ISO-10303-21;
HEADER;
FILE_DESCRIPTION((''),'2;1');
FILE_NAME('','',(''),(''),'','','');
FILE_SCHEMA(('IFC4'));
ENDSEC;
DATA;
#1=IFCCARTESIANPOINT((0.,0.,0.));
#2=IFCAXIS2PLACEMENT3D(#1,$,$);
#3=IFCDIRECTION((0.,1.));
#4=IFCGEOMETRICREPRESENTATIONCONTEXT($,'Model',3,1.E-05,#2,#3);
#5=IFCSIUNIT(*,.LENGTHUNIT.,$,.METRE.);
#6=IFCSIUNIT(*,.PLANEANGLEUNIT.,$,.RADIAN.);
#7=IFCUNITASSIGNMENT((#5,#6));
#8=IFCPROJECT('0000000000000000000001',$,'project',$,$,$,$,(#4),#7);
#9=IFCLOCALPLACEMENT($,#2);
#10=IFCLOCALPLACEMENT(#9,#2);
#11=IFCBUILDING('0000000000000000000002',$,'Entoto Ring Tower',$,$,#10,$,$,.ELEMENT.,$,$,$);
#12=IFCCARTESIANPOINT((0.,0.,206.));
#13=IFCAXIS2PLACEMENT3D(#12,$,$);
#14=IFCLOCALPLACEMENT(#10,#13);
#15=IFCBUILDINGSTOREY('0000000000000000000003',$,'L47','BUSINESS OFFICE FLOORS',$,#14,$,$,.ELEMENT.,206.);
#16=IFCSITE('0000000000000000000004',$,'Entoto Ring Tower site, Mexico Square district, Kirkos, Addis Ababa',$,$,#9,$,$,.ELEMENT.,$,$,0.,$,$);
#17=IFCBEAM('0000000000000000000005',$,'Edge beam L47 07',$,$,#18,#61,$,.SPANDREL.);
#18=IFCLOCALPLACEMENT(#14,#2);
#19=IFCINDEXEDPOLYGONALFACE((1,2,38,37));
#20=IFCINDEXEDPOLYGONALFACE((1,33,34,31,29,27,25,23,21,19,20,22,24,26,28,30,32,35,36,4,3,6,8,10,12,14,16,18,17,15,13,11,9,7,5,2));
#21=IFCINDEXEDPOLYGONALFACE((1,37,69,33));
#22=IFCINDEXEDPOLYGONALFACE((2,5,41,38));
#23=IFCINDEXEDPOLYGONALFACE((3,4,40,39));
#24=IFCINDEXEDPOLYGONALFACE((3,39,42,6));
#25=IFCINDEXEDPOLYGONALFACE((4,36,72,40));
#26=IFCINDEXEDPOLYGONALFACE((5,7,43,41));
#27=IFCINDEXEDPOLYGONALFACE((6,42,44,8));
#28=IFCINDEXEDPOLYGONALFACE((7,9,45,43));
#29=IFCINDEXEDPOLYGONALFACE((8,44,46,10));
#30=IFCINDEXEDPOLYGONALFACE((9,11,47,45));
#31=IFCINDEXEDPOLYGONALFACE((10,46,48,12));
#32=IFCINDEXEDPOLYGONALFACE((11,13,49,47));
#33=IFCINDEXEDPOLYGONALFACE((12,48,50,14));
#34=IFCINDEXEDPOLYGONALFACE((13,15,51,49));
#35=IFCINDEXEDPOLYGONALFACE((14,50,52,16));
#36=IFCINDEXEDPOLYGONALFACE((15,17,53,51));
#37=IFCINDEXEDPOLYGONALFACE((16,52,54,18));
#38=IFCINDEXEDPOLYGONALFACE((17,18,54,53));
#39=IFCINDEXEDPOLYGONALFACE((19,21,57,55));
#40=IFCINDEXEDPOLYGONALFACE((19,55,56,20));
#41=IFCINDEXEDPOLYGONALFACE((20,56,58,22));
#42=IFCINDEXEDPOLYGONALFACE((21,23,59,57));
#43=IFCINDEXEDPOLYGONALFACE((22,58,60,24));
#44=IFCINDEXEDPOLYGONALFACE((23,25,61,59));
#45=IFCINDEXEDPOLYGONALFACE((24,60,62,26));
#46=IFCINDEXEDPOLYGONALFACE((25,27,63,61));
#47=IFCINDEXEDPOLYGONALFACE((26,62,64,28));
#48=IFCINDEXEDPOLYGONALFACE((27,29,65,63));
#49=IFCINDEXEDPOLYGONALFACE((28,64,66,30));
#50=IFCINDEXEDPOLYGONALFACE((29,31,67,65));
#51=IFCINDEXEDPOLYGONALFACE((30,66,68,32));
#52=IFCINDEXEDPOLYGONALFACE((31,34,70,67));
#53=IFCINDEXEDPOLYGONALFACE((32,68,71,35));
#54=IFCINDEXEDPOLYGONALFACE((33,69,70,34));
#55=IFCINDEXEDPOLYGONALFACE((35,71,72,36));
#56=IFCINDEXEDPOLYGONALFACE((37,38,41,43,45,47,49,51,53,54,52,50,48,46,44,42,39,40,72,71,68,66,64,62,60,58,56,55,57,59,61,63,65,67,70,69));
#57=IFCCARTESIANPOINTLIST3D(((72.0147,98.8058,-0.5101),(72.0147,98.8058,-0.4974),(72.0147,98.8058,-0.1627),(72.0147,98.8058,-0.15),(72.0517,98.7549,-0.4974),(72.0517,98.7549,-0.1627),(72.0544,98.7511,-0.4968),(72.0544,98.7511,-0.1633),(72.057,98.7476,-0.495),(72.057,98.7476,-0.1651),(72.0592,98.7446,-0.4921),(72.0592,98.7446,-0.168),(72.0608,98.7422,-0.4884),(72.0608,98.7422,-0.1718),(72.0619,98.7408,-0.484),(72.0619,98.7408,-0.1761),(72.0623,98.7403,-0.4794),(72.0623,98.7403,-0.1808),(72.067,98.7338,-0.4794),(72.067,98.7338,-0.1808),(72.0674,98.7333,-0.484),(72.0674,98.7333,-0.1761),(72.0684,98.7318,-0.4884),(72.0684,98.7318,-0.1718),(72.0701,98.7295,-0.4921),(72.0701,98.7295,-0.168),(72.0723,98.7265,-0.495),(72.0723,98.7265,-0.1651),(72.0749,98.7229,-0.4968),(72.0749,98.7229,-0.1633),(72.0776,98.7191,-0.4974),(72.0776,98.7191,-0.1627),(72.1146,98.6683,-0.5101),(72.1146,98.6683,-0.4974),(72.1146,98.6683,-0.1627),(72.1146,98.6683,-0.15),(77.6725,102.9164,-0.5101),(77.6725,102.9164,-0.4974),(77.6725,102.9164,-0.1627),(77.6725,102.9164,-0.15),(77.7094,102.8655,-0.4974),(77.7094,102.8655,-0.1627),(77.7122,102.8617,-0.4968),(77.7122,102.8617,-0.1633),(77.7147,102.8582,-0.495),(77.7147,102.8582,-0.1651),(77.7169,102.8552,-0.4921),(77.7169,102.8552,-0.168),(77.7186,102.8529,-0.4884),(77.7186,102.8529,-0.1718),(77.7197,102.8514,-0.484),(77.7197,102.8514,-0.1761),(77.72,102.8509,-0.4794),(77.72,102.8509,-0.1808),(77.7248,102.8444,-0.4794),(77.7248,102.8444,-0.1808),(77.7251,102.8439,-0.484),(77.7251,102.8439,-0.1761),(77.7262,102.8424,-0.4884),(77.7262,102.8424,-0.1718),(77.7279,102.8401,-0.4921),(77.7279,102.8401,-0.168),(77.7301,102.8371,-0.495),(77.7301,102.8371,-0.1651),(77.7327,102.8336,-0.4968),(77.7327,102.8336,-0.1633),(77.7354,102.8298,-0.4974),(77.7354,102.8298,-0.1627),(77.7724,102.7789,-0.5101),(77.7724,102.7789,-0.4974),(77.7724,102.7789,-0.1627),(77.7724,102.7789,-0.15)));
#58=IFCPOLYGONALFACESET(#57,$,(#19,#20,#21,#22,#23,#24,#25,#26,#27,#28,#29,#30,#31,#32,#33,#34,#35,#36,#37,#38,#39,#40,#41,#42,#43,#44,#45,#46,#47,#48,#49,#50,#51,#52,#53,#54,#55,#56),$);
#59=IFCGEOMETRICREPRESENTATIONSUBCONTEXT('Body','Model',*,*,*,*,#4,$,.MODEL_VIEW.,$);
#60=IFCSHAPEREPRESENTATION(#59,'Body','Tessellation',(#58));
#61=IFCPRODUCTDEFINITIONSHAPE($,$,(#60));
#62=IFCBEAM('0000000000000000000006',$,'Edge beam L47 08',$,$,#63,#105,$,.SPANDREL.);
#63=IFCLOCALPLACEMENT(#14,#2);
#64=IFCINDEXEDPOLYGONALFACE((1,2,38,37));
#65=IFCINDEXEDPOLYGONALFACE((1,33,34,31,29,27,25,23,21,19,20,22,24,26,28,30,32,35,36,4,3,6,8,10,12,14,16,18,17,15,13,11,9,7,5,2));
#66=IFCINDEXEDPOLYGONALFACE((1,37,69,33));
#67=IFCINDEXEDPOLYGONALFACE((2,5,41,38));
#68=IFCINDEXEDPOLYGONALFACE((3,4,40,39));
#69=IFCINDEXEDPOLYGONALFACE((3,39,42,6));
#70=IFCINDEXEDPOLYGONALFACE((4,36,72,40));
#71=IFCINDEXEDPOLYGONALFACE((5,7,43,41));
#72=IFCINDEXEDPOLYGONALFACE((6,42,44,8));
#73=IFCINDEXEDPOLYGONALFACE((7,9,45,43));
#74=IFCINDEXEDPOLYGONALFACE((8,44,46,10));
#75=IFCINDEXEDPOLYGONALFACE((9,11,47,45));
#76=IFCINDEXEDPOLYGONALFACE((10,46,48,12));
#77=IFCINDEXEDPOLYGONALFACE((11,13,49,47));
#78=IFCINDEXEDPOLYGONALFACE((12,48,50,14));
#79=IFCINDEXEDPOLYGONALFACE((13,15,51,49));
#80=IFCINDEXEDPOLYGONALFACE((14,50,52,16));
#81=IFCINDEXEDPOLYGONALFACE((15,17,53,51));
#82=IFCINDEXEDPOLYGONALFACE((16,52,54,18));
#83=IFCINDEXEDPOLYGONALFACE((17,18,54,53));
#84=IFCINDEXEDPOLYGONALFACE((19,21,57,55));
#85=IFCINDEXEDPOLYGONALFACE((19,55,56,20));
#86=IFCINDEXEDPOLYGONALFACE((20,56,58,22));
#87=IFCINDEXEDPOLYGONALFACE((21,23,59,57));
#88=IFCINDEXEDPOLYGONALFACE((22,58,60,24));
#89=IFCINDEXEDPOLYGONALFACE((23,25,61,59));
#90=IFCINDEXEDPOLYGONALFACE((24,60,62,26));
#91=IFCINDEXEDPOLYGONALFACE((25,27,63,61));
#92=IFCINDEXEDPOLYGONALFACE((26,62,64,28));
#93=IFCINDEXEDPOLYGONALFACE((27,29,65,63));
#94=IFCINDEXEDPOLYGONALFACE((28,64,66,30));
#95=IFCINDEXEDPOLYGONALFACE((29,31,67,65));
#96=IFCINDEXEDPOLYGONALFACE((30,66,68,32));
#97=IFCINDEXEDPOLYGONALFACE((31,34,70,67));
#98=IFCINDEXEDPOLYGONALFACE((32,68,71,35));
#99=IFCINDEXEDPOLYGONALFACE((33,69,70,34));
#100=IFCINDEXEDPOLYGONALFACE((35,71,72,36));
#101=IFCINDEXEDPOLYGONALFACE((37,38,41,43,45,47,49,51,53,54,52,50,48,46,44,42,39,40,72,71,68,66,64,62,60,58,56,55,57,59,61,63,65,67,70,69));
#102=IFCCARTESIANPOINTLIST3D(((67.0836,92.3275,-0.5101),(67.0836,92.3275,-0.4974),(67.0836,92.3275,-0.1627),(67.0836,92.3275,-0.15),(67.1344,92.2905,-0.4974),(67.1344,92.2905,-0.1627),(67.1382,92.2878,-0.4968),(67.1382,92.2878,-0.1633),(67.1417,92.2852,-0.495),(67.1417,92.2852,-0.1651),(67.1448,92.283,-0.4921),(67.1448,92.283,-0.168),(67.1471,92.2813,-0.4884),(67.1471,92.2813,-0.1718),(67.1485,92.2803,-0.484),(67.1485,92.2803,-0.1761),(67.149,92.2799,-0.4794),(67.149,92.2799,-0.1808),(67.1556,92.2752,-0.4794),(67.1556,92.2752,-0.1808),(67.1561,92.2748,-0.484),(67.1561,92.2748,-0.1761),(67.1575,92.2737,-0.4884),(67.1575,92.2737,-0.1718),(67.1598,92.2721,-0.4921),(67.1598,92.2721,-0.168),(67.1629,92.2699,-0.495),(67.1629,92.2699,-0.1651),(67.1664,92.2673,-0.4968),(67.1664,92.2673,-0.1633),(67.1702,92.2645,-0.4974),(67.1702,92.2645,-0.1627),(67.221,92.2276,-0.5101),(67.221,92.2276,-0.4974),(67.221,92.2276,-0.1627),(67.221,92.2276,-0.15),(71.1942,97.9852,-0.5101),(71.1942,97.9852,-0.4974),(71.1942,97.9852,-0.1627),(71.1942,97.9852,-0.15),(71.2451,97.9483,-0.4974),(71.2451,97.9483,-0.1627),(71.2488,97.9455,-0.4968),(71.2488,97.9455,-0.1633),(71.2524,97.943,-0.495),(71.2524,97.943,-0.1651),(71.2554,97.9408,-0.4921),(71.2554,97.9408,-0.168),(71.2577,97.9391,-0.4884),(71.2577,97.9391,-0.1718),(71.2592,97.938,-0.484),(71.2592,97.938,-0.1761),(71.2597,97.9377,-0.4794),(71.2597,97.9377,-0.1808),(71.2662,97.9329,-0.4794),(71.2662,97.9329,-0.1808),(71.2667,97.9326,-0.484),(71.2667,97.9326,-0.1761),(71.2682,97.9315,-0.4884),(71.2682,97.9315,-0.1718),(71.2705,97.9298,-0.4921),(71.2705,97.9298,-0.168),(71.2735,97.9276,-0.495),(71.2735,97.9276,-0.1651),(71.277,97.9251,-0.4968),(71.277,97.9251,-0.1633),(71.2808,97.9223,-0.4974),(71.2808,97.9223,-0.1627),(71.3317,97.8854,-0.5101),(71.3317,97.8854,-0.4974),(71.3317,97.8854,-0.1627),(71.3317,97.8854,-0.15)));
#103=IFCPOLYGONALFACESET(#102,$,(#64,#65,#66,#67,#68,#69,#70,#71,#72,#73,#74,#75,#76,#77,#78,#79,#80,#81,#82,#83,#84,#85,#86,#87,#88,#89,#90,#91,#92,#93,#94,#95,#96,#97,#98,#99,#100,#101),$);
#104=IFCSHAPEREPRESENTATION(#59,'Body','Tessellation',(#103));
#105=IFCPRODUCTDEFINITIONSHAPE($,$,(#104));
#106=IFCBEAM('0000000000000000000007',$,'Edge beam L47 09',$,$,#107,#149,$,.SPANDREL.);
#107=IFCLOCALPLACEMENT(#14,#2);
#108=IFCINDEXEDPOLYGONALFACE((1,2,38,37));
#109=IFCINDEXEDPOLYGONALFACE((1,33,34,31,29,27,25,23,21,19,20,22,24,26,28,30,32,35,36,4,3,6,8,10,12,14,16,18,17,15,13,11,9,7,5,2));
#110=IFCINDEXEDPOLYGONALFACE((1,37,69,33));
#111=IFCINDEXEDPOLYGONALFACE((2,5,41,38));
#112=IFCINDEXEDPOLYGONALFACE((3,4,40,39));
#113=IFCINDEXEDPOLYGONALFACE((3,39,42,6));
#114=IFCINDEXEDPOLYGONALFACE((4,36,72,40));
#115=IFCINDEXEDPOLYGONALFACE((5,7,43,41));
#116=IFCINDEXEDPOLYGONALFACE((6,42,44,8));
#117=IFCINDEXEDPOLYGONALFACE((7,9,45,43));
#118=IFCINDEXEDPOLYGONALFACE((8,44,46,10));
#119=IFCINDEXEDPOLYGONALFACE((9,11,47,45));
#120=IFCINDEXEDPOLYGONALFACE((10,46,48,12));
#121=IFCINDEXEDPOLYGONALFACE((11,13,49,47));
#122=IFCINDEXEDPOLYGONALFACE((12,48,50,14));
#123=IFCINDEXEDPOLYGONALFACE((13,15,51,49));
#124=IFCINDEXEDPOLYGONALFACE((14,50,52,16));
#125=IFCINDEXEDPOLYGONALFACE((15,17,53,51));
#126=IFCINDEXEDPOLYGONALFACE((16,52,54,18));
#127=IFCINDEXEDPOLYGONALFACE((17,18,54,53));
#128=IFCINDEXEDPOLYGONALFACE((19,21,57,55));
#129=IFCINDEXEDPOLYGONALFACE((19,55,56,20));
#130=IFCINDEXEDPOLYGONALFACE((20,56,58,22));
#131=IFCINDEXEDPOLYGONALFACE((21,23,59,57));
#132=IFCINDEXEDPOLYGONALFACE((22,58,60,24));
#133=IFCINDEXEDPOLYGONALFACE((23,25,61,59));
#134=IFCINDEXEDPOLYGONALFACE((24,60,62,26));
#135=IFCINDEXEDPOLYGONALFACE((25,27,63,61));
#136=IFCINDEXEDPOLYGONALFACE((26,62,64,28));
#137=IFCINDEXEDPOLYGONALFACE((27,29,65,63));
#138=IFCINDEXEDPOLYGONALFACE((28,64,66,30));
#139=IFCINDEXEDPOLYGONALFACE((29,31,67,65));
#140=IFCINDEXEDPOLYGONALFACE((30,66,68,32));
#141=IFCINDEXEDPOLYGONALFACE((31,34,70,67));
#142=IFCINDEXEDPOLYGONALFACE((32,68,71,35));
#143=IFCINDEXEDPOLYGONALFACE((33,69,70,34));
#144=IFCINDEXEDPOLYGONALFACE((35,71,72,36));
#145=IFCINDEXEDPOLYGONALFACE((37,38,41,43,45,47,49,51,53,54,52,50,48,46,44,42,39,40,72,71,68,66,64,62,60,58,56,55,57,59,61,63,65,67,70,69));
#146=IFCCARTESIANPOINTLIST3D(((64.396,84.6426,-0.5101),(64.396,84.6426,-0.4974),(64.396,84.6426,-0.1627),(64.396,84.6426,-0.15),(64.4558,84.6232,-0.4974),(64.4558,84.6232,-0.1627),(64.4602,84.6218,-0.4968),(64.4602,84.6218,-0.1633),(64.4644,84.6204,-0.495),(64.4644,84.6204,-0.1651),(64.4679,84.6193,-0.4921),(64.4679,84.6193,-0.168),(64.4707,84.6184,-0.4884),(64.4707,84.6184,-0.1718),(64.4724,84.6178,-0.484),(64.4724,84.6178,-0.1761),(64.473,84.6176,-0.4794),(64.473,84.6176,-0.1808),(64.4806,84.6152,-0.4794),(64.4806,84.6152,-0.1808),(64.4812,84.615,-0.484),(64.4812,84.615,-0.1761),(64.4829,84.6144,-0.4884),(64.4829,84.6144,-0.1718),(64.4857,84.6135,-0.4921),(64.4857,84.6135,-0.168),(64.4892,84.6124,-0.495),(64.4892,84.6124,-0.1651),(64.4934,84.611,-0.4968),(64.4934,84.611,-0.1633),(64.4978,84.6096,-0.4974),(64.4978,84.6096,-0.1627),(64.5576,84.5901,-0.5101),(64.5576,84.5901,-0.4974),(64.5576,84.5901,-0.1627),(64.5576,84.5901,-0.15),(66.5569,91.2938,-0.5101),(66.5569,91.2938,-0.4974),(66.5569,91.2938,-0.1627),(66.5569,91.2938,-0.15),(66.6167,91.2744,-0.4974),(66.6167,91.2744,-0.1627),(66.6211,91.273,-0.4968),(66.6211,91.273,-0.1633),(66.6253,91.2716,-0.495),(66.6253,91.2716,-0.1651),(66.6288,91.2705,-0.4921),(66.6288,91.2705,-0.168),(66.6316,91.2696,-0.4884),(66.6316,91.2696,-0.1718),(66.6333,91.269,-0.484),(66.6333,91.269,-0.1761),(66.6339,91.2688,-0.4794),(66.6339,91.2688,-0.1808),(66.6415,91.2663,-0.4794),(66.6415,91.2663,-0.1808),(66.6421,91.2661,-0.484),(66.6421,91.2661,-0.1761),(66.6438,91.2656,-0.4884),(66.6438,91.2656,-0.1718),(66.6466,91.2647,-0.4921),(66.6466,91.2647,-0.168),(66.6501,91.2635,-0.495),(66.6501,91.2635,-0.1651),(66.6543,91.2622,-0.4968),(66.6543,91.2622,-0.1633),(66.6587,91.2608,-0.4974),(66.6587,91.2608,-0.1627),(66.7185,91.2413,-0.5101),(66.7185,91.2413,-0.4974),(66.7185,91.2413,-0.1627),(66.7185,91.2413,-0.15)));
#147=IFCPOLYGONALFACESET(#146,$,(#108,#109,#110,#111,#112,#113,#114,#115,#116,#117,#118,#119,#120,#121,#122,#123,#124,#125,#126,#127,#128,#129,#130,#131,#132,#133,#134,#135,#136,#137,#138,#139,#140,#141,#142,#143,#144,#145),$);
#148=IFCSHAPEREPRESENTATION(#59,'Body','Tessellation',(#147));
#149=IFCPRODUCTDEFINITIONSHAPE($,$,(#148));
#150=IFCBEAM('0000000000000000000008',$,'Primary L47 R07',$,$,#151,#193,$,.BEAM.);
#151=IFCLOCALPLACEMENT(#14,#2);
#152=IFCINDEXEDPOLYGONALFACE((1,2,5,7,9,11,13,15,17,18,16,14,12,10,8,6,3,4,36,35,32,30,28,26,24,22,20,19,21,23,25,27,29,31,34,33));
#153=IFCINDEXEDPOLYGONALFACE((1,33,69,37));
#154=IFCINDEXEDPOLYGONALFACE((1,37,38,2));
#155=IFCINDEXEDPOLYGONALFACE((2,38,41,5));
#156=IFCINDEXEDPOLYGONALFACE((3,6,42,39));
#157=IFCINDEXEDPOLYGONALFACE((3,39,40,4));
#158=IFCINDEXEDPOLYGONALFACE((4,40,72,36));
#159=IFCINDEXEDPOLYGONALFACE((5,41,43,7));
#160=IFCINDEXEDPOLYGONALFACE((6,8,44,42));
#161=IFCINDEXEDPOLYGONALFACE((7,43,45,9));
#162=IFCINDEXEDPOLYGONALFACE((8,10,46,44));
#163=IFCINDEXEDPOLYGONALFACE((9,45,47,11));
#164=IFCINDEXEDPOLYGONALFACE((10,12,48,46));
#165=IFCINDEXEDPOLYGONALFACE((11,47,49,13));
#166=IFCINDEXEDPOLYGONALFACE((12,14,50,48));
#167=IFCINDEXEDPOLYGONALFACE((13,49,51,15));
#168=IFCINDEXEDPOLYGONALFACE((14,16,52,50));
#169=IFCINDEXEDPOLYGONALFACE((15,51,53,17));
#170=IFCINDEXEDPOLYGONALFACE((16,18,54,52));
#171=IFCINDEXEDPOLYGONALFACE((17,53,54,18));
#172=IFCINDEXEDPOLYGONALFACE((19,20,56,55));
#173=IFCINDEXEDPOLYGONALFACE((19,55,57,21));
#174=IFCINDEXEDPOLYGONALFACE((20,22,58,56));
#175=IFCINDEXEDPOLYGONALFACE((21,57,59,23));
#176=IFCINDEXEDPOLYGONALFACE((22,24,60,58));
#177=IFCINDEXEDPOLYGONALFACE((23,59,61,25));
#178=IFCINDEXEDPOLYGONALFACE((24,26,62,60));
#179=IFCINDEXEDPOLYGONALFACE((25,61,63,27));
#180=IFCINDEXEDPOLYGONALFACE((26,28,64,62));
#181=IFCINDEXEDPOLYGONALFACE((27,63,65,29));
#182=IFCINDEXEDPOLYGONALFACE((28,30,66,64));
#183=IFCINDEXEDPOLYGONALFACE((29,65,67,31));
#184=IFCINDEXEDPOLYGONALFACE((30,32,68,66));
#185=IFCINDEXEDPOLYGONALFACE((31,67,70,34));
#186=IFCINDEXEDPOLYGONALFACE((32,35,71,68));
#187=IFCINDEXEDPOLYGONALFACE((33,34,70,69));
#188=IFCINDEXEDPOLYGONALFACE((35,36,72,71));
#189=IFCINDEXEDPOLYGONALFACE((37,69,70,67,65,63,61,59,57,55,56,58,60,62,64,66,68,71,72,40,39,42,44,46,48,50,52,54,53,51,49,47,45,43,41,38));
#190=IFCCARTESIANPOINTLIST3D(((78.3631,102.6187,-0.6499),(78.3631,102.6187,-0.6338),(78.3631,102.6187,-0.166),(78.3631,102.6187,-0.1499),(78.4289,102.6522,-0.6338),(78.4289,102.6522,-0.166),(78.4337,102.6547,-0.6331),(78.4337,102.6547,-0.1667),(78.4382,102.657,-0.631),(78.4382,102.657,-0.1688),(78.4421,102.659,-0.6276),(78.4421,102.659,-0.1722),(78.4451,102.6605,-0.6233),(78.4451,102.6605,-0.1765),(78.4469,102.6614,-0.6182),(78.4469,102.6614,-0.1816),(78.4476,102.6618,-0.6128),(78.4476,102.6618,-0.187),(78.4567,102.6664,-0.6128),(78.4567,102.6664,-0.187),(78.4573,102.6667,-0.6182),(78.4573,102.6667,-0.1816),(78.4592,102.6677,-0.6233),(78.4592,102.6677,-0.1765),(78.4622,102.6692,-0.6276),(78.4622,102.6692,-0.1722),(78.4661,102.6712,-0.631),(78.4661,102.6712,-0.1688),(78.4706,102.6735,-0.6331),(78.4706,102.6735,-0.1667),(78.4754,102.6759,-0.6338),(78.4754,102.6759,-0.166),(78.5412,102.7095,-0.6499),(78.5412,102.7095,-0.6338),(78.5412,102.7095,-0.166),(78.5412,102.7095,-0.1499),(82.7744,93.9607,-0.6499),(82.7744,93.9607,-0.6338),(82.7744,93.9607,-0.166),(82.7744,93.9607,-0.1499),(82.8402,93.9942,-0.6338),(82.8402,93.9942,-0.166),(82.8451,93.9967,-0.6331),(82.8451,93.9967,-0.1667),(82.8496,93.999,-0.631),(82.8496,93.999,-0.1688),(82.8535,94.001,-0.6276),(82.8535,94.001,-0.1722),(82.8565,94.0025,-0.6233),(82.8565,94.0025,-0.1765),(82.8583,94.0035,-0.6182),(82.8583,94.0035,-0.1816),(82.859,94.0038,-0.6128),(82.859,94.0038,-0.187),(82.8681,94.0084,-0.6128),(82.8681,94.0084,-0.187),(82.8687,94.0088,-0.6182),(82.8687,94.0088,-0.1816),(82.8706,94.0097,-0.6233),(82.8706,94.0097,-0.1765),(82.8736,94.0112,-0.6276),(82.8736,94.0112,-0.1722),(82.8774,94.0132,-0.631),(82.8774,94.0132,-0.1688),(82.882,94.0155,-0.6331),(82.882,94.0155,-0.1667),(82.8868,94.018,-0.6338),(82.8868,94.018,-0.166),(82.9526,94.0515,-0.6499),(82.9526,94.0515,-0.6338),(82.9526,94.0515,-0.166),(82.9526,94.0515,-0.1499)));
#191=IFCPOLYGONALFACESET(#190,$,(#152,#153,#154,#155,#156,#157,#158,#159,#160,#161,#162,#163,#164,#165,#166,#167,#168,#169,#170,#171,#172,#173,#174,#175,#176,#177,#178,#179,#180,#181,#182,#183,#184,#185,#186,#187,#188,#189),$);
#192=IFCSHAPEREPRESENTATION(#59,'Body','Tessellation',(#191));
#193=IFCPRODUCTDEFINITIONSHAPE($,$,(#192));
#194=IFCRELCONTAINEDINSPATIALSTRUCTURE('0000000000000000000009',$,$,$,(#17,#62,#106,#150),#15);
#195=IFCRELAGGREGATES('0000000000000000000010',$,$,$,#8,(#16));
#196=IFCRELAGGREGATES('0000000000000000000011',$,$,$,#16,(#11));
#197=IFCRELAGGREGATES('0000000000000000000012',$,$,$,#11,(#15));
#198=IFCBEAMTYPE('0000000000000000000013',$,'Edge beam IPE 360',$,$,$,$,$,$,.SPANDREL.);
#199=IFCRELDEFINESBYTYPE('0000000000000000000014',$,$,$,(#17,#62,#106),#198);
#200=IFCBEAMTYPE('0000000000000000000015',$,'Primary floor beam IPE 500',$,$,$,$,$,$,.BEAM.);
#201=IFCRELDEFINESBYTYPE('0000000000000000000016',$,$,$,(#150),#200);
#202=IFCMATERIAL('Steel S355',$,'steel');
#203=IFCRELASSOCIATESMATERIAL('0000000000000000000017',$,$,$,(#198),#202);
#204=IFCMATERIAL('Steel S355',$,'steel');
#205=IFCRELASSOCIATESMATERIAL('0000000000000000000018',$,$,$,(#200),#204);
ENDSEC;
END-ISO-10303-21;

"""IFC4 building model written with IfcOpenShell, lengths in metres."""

from ifc_helpers import new_model, si_unit, direction, frame, origin, origin_2d, place, context, subcontext, project, spatial, i_section, extrude, material, material_profile, profile_set, type_object, element, save


model = new_model("IFC4")

# Units and contexts
model_context = context("Model", 3, precision=1e-05, world=origin(), true_north=direction((0.0, 1.0)))
body_context = subcontext(model_context, "Body", "Model", "MODEL_VIEW")
ifc_project = project(units=[si_unit("LENGTHUNIT", "METRE"), si_unit("PLANEANGLEUNIT", "RADIAN")], contexts=[model_context])

# Site, building, storey
site_placement = place(None, origin())
site = spatial("IfcSite", under=ifc_project, at=site_placement, Name="Entoto Ring Tower site, Mexico Square district, Kirkos, Addis Ababa", CompositionType="ELEMENT", RefElevation=0.0)
building_placement = place(site_placement, origin())
building = spatial("IfcBuilding", under=site, at=building_placement, Name="Entoto Ring Tower", CompositionType="ELEMENT")
storey_placement = place(building_placement, frame((0.0, 0.0, 206.0)))
storey = spatial("IfcBuildingStorey", under=building, at=storey_placement, Name="L47", Description="BUSINESS OFFICE FLOORS", CompositionType="ELEMENT", Elevation=206.0)

# Beams
ifc_material_1 = material(Name="Steel S355", Category="steel")
ifc_material_profile_1 = material_profile(ifc_material_1, i_section(OverallWidth=0.1699, OverallDepth=0.3601, WebThickness=0.0081, FlangeThickness=0.0127, FilletRadius=0.0181, at=origin_2d()), Name="IPE 360")
ifc_profile_set_1 = profile_set([ifc_material_profile_1], Name="Steel S355")
beam_type_1 = type_object("IfcBeamType", Name="Edge beam IPE 360", PredefinedType="SPANDREL", material=ifc_profile_set_1)
for number, where, z_axis, x_axis, name in (
    (1, (77.7224, 102.8477, -0.3301), (-0.809015, -0.587788, 0.0), (0.587788, -0.809015, 0.0), "Edge beam L47 07"),
    (2, (71.2629, 97.9353, -0.3301), (-0.587788, -0.809015, 0.0), (0.809015, -0.587788, 0.0), "Edge beam L47 08"),
    (3, (66.6377, 91.2676, -0.3301), (-0.308992, -0.951065, 0.0), (0.951065, -0.308992, 0.0), "Edge beam L47 09"),
):
    element("IfcBeam", number, at=place(storey_placement, frame(where, z_axis=z_axis, x_axis=x_axis)), inside=storey, type_object=beam_type_1, Name=name, PredefinedType="SPANDREL", context=body_context, shape_type="SweptSolid", body=[
        extrude(i_section(OverallWidth=0.1699, OverallDepth=0.3601, WebThickness=0.0081, FlangeThickness=0.0127, FilletRadius=0.0181, at=origin_2d()), origin(), (0.0, 0.0, 1.0), 6.9934),
    ])
ifc_material_2 = material(Name="Steel S355", Category="steel")
ifc_material_profile_2 = material_profile(ifc_material_2, i_section(OverallWidth=0.2, OverallDepth=0.5, WebThickness=0.0103, FlangeThickness=0.0161, FilletRadius=0.021, at=origin_2d()), Name="IPE 500")
ifc_profile_set_2 = profile_set([ifc_material_profile_2], Name="Steel S355")
beam_type_2 = type_object("IfcBeamType", Name="Primary floor beam IPE 500", PredefinedType="BEAM", material=ifc_profile_set_2)
beam_1_placement = place(storey_placement, frame((82.8635, 94.0061, -0.3999), z_axis=(-0.453984, 0.89101, 0.0), x_axis=(-0.89101, -0.453984, 0.0)))
element("IfcBeam", 4, at=beam_1_placement, inside=storey, type_object=beam_type_2, Name="Primary L47 R07", PredefinedType="BEAM", context=body_context, shape_type="SweptSolid", body=[
    extrude(i_section(OverallWidth=0.2, OverallDepth=0.5, WebThickness=0.0103, FlangeThickness=0.0161, FilletRadius=0.021, at=origin_2d()), origin(), (0.0, 0.0, 1.0), 9.717),
])

save(model, "model.ifc")
